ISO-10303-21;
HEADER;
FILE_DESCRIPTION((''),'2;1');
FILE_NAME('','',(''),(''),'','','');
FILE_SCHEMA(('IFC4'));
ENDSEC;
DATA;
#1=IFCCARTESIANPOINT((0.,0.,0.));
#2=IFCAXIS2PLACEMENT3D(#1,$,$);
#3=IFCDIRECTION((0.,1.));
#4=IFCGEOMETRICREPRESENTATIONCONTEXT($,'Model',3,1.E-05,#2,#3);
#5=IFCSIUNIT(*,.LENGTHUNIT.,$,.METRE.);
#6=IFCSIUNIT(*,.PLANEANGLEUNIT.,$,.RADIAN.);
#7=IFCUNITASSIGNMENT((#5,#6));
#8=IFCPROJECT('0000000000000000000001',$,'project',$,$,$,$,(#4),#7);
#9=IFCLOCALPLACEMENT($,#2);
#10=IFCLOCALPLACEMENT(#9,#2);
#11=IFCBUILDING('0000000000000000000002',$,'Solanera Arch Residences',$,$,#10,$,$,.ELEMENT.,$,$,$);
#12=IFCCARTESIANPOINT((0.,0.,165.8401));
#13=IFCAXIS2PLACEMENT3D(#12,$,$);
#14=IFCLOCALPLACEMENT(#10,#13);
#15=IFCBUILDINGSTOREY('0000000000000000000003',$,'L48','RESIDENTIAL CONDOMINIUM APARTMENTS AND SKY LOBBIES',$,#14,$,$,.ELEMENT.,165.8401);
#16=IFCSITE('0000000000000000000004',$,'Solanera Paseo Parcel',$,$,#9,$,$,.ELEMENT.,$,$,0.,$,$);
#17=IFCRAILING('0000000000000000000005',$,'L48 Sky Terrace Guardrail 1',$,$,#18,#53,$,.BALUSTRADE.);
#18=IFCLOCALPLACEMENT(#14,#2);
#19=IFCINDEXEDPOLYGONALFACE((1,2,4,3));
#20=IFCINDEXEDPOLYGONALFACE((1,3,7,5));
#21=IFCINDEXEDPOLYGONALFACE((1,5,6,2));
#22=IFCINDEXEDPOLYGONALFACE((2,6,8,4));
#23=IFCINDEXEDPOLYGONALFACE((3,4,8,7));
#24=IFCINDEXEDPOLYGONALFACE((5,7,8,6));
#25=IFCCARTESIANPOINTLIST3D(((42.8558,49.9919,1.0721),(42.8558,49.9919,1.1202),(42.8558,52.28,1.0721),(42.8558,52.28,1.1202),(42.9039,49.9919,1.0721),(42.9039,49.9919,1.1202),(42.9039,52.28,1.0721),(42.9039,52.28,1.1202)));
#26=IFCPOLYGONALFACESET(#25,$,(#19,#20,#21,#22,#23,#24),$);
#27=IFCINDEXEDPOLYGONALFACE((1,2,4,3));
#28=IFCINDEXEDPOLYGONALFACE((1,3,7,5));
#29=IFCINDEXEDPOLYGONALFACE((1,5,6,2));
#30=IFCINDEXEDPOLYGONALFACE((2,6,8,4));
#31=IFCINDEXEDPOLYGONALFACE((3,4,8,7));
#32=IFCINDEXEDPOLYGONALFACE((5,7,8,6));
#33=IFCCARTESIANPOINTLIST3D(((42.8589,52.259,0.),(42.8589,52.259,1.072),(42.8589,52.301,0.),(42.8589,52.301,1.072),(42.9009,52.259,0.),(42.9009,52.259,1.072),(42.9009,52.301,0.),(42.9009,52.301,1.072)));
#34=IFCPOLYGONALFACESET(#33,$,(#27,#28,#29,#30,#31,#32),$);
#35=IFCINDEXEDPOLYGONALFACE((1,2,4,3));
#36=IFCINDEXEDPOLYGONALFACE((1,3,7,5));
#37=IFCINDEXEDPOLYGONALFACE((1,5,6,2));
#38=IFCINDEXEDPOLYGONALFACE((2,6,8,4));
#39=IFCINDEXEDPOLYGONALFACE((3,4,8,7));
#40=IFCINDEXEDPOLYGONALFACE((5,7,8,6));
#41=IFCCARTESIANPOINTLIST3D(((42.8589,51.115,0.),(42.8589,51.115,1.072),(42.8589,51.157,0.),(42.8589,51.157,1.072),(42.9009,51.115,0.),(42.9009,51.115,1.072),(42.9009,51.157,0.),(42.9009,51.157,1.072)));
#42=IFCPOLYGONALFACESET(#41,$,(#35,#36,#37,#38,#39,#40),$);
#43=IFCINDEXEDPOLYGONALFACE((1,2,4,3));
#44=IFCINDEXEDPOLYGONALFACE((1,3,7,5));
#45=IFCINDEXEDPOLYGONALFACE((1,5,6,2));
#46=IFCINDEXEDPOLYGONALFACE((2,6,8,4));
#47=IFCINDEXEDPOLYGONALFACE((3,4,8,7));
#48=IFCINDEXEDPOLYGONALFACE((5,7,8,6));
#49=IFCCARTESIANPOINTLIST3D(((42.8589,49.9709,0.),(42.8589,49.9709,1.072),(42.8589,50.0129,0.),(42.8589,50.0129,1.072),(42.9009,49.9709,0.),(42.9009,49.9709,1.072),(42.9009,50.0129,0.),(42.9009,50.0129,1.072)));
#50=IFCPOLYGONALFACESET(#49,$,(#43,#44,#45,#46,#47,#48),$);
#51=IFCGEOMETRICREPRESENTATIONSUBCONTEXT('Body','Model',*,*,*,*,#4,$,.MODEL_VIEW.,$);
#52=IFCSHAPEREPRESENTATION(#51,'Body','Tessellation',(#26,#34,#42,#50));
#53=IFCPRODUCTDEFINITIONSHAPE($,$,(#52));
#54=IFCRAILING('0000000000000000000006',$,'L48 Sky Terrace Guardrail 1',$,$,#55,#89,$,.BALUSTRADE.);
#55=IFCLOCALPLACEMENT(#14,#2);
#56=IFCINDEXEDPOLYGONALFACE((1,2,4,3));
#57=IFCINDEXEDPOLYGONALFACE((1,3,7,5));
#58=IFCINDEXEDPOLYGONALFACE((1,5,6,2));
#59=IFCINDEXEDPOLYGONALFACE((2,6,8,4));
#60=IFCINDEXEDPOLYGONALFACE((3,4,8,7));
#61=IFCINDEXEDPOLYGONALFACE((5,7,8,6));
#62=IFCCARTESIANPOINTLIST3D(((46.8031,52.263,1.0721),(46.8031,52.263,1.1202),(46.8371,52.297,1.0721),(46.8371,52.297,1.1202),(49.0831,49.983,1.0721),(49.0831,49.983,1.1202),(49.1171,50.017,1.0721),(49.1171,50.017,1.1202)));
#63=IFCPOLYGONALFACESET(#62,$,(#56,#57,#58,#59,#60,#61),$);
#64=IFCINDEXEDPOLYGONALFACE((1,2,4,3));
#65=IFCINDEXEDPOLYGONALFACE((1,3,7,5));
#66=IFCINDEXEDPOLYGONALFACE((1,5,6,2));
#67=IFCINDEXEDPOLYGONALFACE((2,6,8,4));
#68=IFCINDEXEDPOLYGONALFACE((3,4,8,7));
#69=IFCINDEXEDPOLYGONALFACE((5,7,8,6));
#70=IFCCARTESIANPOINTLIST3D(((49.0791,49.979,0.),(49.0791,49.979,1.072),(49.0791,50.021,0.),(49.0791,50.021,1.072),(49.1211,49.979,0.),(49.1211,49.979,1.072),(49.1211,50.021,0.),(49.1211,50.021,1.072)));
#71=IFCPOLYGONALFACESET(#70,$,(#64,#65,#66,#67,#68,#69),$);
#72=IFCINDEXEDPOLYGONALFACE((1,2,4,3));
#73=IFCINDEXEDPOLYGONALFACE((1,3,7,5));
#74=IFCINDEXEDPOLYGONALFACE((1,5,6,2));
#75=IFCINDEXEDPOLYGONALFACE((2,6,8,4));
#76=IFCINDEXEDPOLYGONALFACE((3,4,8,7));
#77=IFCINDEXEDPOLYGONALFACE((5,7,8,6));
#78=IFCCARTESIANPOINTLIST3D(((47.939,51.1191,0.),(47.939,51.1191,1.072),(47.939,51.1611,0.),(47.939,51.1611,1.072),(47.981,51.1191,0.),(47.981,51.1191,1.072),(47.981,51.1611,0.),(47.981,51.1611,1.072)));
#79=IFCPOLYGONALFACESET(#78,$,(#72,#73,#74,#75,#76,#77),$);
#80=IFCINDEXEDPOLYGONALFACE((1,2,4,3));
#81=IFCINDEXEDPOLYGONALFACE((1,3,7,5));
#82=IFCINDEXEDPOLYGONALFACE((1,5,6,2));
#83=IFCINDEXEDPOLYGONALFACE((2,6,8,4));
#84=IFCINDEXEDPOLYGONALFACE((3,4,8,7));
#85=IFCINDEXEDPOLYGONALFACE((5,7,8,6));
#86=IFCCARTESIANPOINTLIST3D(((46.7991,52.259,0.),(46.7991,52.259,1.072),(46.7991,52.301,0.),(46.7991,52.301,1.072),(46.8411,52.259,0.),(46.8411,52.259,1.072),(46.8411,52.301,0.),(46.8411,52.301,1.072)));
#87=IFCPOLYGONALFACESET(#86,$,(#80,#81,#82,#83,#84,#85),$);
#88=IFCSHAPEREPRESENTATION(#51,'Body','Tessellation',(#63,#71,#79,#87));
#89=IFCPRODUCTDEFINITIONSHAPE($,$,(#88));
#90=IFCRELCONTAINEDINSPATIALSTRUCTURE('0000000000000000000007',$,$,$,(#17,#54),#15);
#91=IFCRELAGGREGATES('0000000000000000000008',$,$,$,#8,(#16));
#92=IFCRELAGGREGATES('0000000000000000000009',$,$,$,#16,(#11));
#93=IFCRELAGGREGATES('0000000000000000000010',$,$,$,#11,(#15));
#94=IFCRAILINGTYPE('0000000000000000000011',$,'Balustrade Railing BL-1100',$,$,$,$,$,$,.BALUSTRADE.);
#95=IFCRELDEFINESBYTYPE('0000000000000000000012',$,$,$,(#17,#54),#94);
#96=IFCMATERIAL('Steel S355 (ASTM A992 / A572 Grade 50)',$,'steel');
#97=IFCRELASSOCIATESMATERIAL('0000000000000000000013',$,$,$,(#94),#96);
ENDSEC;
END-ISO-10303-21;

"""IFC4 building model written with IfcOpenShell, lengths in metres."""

from ifc_helpers import new_model, si_unit, direction, frame, origin, origin_2d, place, context, subcontext, project, spatial, rectangle, extrude, material, type_object, element, save


model = new_model("IFC4")

# Units and contexts
model_context = context("Model", 3, precision=1e-05, world=origin(), true_north=direction((0.0, 1.0)))
body_context = subcontext(model_context, "Body", "Model", "MODEL_VIEW")
ifc_project = project(units=[si_unit("LENGTHUNIT", "METRE"), si_unit("PLANEANGLEUNIT", "RADIAN")], contexts=[model_context])

# Site, building, storey
site_placement = place(None, origin())
site = spatial("IfcSite", under=ifc_project, at=site_placement, Name="Solanera Paseo Parcel", CompositionType="ELEMENT", RefElevation=0.0)
building_placement = place(site_placement, origin())
building = spatial("IfcBuilding", under=site, at=building_placement, Name="Solanera Arch Residences", CompositionType="ELEMENT")
storey_placement = place(building_placement, frame((0.0, 0.0, 165.8401)))
storey = spatial("IfcBuildingStorey", under=building, at=storey_placement, Name="L48", Description="RESIDENTIAL CONDOMINIUM APARTMENTS AND SKY LOBBIES", CompositionType="ELEMENT", Elevation=165.8401)

# Railings
ifc_material_1 = material(Name="Steel S355 (ASTM A992 / A572 Grade 50)", Category="steel")
railing_type = type_object("IfcRailingType", Name="Balustrade Railing BL-1100", PredefinedType="BALUSTRADE", material=ifc_material_1)
railing_1_placement = place(storey_placement, frame((42.8799, 52.28, 0.0)))
element("IfcRailing", 1, at=railing_1_placement, inside=storey, type_object=railing_type, Name="L48 Sky Terrace Guardrail 1", PredefinedType="BALUSTRADE", context=body_context, shape_type="SweptSolid", body=[
    extrude(rectangle(XDim=0.0481, YDim=0.0481, at=origin_2d()), frame((0.0, 0.0, 1.0962), z_axis=(0.0, -1.0, 0.0), x_axis=(1.0, 0.0, 0.0)), (0.0, 0.0, 1.0), 2.2881),
    extrude(rectangle(XDim=0.042, YDim=0.042, at=origin_2d()), origin(), (0.0, 0.0, 1.0), 1.072),
    extrude(rectangle(XDim=0.042, YDim=0.042, at=origin_2d()), frame((0.0, -1.144, 0.0)), (0.0, 0.0, 1.0), 1.072),
    extrude(rectangle(XDim=0.042, YDim=0.042, at=origin_2d()), frame((0.0, -2.2881, 0.0)), (0.0, 0.0, 1.0), 1.072),
])
railing_2_placement = place(storey_placement, frame((49.1001, 50.0, 0.0)))
element("IfcRailing", 2, at=railing_2_placement, inside=storey, type_object=railing_type, Name="L48 Sky Terrace Guardrail 1", PredefinedType="BALUSTRADE", context=body_context, shape_type="SweptSolid", body=[
    extrude(rectangle(XDim=0.0481, YDim=0.0481, at=origin_2d()), frame((0.0, 0.0, 1.0962), z_axis=(-0.707107, 0.707107, 0.0), x_axis=(-0.707107, -0.707107, 0.0)), (0.0, 0.0, 1.0), 3.2244),
    extrude(rectangle(XDim=0.042, YDim=0.042, at=origin_2d()), origin(), (0.0, 0.0, 1.0), 1.072),
    extrude(rectangle(XDim=0.042, YDim=0.042, at=origin_2d()), frame((-1.1401, 1.1401, 0.0)), (0.0, 0.0, 1.0), 1.072),
    extrude(rectangle(XDim=0.042, YDim=0.042, at=origin_2d()), frame((-2.28, 2.28, 0.0)), (0.0, 0.0, 1.0), 1.072),
])

save(model, "model.ifc")
